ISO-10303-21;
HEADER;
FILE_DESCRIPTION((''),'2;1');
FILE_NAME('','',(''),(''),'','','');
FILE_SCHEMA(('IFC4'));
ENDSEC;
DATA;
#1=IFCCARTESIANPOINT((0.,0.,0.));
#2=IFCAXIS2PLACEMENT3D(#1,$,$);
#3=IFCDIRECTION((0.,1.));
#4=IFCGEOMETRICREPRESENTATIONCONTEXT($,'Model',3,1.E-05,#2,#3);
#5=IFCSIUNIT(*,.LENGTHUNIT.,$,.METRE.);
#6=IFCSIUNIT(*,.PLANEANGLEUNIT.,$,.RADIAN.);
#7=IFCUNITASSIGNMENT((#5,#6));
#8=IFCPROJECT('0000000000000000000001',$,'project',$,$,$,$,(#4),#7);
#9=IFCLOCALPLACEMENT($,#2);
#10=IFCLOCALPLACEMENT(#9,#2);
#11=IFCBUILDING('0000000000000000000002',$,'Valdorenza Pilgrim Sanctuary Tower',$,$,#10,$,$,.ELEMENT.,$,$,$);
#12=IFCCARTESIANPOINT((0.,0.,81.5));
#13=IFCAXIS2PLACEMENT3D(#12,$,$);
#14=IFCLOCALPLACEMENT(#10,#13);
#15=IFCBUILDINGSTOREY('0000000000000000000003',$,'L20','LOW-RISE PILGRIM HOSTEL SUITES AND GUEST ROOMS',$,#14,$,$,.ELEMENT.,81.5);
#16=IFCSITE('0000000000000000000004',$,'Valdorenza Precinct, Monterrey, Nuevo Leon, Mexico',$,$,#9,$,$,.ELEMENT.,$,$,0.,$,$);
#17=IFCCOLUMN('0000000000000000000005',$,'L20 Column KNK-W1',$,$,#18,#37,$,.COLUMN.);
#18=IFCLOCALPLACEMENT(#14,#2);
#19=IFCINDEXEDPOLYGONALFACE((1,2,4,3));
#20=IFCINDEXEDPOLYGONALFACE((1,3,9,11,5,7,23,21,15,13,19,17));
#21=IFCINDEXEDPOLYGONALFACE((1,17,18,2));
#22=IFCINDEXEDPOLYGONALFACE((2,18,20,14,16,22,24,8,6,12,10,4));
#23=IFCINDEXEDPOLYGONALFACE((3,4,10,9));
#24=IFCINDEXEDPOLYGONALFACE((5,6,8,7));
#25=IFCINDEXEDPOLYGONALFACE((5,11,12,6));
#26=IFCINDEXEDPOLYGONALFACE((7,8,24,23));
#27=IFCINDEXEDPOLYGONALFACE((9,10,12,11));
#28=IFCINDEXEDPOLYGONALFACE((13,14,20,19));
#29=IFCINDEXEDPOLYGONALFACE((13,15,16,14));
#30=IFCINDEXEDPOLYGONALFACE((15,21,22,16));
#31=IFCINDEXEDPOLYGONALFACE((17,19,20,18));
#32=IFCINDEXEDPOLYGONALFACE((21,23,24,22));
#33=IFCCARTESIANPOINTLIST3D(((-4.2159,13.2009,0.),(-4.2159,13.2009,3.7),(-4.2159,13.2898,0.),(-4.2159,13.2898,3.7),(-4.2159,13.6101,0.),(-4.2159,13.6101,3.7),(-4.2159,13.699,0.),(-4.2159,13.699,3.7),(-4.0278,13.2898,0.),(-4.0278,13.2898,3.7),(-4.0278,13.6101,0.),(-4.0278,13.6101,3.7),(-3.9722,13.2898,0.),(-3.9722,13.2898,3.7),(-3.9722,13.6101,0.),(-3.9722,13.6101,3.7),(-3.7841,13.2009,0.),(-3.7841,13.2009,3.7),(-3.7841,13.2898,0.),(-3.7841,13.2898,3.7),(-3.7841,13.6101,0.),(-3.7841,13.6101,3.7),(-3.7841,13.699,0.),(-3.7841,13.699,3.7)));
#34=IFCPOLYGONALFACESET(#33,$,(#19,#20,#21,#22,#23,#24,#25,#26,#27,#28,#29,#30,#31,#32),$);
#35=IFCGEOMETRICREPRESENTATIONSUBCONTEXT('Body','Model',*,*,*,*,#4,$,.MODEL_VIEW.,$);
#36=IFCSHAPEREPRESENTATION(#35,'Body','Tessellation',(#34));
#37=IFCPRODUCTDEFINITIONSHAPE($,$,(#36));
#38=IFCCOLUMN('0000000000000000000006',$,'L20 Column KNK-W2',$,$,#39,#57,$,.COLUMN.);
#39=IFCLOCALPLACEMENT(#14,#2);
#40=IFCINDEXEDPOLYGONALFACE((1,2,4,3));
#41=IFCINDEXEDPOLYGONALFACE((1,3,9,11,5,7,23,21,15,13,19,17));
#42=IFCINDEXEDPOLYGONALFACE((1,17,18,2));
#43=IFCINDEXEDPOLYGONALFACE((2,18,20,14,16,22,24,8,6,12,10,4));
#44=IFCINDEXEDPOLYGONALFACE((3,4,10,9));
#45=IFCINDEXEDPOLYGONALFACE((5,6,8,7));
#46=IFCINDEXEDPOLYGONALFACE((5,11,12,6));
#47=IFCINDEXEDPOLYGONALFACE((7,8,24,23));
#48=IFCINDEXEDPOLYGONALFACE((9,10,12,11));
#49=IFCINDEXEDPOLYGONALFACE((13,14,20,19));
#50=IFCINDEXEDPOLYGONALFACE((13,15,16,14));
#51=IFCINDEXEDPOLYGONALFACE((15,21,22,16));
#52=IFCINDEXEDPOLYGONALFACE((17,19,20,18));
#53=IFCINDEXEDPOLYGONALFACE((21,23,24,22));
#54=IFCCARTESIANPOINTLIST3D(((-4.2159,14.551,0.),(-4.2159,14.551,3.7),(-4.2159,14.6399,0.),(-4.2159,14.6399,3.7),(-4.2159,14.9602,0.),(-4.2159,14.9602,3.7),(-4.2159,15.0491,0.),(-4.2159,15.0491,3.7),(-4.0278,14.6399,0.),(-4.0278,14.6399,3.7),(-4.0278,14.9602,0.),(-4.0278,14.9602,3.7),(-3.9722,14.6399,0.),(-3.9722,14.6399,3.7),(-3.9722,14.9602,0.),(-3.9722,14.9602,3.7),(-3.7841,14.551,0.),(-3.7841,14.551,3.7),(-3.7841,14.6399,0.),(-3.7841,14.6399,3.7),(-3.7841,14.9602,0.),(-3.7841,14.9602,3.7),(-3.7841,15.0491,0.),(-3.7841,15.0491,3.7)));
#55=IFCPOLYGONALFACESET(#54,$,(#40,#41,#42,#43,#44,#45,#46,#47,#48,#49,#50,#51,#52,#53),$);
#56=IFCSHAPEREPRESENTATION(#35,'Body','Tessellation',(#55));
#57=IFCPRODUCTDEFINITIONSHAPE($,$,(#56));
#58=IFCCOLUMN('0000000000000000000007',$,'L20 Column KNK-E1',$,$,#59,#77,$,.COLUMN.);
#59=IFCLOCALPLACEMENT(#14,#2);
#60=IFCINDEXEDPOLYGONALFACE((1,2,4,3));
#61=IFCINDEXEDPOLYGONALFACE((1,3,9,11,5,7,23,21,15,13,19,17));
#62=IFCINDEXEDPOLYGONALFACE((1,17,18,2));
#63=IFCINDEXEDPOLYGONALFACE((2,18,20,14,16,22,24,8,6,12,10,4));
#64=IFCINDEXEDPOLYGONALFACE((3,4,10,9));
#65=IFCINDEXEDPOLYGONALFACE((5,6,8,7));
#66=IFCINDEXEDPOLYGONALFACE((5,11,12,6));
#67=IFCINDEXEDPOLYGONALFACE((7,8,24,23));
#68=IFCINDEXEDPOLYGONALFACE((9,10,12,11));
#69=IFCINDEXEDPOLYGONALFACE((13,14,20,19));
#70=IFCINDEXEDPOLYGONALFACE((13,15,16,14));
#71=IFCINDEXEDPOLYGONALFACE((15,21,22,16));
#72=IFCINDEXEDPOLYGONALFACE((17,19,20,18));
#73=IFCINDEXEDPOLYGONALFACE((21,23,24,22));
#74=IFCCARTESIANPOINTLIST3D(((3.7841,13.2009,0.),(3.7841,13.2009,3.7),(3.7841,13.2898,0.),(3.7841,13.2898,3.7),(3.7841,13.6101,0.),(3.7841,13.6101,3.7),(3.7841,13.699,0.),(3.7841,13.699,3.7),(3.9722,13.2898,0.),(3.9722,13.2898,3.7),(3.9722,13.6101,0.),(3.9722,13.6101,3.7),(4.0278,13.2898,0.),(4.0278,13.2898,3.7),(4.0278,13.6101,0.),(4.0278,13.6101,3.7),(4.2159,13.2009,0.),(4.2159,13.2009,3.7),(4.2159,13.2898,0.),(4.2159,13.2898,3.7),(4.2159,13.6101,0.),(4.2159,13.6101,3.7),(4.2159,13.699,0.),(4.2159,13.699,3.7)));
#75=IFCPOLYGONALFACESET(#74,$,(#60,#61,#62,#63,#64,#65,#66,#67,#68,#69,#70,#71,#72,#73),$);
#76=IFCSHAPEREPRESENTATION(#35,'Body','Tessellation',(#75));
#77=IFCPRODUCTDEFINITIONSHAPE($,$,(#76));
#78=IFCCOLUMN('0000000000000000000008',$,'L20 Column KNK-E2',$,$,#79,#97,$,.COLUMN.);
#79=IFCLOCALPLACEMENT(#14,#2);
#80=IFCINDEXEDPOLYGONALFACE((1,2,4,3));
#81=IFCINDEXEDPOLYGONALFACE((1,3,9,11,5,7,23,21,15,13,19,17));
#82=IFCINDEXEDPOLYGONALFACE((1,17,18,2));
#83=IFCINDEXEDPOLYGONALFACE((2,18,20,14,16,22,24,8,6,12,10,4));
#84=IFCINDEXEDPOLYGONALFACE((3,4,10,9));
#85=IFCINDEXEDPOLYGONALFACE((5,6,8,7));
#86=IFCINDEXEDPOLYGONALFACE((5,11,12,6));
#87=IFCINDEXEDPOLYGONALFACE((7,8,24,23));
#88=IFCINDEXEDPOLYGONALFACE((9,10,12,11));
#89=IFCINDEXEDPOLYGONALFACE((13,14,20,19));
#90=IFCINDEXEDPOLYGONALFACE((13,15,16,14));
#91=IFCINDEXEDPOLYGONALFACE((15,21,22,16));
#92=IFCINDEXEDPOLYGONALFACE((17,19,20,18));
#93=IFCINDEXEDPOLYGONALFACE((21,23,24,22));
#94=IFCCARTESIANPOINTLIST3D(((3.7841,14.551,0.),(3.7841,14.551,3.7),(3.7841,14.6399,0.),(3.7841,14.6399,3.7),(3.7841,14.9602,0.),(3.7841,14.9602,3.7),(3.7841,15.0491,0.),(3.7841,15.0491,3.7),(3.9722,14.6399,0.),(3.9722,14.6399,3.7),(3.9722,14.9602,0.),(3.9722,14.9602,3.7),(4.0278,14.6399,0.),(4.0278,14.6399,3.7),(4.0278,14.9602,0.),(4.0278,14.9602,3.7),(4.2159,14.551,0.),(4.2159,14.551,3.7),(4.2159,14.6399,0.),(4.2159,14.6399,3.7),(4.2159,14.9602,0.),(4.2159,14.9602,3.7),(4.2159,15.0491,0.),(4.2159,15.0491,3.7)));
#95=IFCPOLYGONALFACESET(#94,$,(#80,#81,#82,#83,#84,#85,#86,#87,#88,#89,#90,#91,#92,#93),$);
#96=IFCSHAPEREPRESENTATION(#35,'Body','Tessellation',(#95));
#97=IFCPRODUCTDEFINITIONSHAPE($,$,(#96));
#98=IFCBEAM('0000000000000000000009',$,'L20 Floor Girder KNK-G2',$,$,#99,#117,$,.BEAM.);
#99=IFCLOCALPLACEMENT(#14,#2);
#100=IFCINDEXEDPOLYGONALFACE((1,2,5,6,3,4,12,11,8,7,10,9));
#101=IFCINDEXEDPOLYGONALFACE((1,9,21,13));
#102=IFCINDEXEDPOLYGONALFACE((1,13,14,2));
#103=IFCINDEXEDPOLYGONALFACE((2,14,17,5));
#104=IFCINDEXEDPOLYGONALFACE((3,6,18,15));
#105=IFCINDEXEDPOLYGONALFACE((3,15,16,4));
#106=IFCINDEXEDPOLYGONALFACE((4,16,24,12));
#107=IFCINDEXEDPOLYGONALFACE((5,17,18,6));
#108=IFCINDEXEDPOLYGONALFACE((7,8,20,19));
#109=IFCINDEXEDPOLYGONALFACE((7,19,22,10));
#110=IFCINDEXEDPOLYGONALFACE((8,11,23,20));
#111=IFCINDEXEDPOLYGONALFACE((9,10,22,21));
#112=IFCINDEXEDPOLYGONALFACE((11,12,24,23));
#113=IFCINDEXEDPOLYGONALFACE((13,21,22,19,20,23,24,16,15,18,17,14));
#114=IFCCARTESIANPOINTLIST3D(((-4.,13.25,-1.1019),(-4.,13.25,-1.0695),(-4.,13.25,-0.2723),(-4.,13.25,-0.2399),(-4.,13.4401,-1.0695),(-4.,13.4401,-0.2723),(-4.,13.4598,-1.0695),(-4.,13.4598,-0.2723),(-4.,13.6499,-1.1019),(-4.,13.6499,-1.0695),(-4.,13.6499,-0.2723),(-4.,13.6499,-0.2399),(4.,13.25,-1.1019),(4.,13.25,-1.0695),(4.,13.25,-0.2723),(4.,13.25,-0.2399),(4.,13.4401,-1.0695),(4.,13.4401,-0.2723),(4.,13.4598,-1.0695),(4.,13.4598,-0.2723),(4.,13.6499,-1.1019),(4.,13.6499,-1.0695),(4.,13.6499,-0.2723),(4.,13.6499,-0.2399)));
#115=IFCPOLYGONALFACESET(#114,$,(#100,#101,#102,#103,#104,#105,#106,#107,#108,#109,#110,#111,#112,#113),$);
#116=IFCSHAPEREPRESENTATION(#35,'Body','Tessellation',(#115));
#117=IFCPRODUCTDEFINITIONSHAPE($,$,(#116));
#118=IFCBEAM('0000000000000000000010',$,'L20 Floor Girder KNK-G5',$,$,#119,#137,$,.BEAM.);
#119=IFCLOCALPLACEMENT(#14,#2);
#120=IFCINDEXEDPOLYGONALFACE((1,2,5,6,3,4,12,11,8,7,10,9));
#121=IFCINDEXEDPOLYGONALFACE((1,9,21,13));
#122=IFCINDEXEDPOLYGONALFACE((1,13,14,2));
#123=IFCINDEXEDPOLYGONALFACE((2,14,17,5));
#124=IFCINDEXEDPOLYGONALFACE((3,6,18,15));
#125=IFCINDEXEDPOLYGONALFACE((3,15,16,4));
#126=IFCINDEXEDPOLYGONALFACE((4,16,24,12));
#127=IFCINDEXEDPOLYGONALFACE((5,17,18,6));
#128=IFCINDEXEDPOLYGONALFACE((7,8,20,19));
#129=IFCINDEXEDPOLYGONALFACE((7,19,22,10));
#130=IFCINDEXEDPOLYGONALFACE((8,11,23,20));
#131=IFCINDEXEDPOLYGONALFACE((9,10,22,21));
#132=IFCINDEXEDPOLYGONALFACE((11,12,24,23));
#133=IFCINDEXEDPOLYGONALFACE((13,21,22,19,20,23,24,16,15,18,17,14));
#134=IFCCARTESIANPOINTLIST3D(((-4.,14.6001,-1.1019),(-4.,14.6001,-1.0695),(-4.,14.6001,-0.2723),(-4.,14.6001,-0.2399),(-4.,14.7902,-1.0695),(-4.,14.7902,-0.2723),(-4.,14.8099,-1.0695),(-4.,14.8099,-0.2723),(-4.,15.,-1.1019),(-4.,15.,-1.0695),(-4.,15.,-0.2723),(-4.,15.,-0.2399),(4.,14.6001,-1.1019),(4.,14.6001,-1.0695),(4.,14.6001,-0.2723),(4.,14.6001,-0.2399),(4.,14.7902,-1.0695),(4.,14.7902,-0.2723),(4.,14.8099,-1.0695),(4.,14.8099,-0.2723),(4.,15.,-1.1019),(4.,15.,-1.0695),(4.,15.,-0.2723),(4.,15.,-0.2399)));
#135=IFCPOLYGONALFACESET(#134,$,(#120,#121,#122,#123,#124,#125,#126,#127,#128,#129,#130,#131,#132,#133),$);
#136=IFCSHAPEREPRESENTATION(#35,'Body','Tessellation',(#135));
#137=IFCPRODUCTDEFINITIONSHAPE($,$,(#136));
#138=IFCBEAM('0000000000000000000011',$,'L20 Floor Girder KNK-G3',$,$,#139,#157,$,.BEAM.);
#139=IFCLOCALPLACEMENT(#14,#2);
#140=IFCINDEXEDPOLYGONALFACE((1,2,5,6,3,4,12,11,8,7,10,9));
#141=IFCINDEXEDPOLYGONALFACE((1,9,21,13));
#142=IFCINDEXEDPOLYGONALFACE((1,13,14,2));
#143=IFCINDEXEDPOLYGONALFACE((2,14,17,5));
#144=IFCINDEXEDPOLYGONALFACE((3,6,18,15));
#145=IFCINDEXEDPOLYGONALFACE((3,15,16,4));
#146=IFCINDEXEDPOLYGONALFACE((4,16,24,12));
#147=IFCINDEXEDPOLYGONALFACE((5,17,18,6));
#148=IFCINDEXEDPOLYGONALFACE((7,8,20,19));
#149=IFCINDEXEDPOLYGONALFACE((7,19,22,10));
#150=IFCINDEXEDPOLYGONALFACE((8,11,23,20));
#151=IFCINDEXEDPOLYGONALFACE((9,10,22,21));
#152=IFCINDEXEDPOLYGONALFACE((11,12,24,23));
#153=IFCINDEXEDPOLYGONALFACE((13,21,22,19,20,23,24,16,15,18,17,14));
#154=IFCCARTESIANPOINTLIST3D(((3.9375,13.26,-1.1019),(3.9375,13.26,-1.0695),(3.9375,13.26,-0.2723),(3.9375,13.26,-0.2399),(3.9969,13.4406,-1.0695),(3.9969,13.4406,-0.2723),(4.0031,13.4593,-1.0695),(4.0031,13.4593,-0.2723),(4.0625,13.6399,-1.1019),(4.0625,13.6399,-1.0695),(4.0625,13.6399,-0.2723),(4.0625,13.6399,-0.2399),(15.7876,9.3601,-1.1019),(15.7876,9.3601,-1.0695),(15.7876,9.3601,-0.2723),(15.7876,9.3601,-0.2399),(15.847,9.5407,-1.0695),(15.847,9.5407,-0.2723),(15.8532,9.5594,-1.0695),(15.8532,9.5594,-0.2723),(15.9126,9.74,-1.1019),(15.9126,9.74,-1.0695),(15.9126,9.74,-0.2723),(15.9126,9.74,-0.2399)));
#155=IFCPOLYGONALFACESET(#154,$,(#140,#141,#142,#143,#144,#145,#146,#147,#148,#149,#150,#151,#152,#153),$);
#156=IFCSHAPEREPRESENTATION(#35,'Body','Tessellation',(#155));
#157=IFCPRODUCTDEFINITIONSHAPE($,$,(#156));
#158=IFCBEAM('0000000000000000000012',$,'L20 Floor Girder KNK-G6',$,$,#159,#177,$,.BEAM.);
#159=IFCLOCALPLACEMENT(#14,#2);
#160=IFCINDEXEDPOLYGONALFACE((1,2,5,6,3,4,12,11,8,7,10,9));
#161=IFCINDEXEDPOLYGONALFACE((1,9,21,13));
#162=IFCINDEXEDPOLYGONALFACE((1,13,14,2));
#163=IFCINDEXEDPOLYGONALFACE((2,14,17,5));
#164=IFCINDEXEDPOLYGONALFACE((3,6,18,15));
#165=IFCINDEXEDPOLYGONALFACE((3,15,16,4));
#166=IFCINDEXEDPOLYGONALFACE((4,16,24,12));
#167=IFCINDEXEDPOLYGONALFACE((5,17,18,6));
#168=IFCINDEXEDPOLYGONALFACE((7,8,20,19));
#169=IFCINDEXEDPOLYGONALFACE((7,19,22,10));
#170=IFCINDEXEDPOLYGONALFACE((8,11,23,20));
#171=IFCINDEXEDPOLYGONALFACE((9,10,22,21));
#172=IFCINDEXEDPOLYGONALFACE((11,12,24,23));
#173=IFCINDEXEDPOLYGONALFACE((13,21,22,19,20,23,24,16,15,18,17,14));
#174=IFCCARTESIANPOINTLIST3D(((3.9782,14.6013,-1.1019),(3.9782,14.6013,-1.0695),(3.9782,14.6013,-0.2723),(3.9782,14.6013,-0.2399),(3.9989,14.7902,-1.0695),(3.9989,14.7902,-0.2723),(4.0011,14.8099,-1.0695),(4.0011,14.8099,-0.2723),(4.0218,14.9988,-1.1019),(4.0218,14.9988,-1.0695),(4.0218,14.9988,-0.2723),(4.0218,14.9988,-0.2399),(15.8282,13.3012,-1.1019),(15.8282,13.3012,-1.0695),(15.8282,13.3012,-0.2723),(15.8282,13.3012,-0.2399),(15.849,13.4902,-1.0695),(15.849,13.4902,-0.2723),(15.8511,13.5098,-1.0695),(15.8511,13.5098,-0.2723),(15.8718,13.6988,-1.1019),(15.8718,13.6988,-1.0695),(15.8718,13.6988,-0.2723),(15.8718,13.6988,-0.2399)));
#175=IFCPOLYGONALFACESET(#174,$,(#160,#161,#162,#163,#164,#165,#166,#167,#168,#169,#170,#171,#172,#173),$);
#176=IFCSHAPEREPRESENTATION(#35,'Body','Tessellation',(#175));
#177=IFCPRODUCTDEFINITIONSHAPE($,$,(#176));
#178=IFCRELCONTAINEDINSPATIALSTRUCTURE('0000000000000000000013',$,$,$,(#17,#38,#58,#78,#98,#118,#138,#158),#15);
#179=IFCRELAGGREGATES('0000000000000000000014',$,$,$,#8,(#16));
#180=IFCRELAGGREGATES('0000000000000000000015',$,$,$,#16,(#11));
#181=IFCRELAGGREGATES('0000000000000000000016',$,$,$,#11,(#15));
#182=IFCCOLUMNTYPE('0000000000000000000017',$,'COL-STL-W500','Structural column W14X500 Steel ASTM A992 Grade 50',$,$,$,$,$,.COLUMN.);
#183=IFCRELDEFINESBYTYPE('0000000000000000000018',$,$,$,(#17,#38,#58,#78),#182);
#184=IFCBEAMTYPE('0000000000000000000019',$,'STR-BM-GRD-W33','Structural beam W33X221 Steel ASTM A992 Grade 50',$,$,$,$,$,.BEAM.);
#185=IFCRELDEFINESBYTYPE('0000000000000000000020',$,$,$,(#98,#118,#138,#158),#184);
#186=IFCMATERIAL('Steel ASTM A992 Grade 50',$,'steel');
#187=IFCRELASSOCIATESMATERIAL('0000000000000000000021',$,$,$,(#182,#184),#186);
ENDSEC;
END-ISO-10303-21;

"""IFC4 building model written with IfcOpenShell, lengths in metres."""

from ifc_helpers import new_model, si_unit, direction, frame, origin, origin_2d, place, context, subcontext, project, spatial, i_section, extrude, source, transform, mapped, material, material_profile, profile_set, type_object, element, save


model = new_model("IFC4")

# Units and contexts
model_context = context("Model", 3, precision=1e-05, world=origin(), true_north=direction((0.0, 1.0)))
body_context = subcontext(model_context, "Body", "Model", "MODEL_VIEW")
ifc_project = project(units=[si_unit("LENGTHUNIT", "METRE"), si_unit("PLANEANGLEUNIT", "RADIAN")], contexts=[model_context])

# Site, building, storey
site_placement = place(None, origin())
site = spatial("IfcSite", under=ifc_project, at=site_placement, Name="Valdorenza Precinct, Monterrey, Nuevo Leon, Mexico", CompositionType="ELEMENT", RefElevation=0.0)
building_placement = place(site_placement, origin())
building = spatial("IfcBuilding", under=site, at=building_placement, Name="Valdorenza Pilgrim Sanctuary Tower", CompositionType="ELEMENT")
storey_placement = place(building_placement, frame((0.0, 0.0, 81.5)))
storey = spatial("IfcBuildingStorey", under=building, at=storey_placement, Name="L20", Description="LOW-RISE PILGRIM HOSTEL SUITES AND GUEST ROOMS", CompositionType="ELEMENT", Elevation=81.5)

# Columns
ifc_material_1 = material(Name="Steel ASTM A992 Grade 50", Category="steel")
ifc_material_profile_1 = material_profile(ifc_material_1, i_section(OverallWidth=0.4319, OverallDepth=0.498, WebThickness=0.0557, FlangeThickness=0.0889, at=origin_2d()), Name="W14X500")
ifc_profile_set_1 = profile_set([ifc_material_profile_1], Name="Steel ASTM A992 Grade 50")
column_type = type_object("IfcColumnType", Name="COL-STL-W500", Description="Structural column W14X500 Steel ASTM A992 Grade 50", PredefinedType="COLUMN", material=ifc_profile_set_1)
shared_shape_1 = source(origin(), body_context, "Body", "SweptSolid", [
    extrude(i_section(OverallWidth=0.4319, OverallDepth=0.498, WebThickness=0.0557, FlangeThickness=0.0889, at=origin_2d()), origin(), (0.0, 0.0, 1.0), 3.7),
])
for number, where, z_axis, x_axis, name in (
    (1, (-4.0, 13.45, 0.0), (0.0, 0.0, 1.0), (1.0, 0.0, 0.0), "L20 Column KNK-W1"),
    (2, (-4.0, 14.8, 0.0), (0.0, 0.0, 1.0), (1.0, 0.0, 0.0), "L20 Column KNK-W2"),
    (3, (4.0, 13.45, 0.0), (0.0, 0.0, 1.0), (1.0, 0.0, 0.0), "L20 Column KNK-E1"),
    (4, (4.0, 14.8, 0.0), (0.0, 0.0, 1.0), (1.0, 0.0, 0.0), "L20 Column KNK-E2"),
):
    element("IfcColumn", number, at=place(storey_placement, frame(where, z_axis=z_axis, x_axis=x_axis)), inside=storey, type_object=column_type, Name=name, PredefinedType="COLUMN", context=body_context, shape_type="MappedRepresentation", body=[
        mapped(shared_shape_1, transform((0.0, 0.0, 0.0), x_axis=(1.0, 0.0, 0.0), y_axis=(0.0, 1.0, 0.0), z_axis=(0.0, 0.0, 1.0), scale=1.0)),
    ])

# Beams
ifc_material_profile_2 = material_profile(ifc_material_1, i_section(OverallWidth=0.3999, OverallDepth=0.8621, WebThickness=0.0198, FlangeThickness=0.0325, at=origin_2d()), Name="W33X221")
ifc_profile_set_2 = profile_set([ifc_material_profile_2], Name="Steel ASTM A992 Grade 50")
beam_type_1 = type_object("IfcBeamType", Name="STR-BM-GRD-W33", Description="Structural beam W33X221 Steel ASTM A992 Grade 50", PredefinedType="BEAM", material=ifc_profile_set_2)
shared_shape_2 = source(origin(), body_context, "Body", "SweptSolid", [
    extrude(i_section(OverallWidth=0.3999, OverallDepth=0.8621, WebThickness=0.0198, FlangeThickness=0.0325, at=origin_2d()), origin(), (0.0, 0.0, 1.0), 8.0),
])
for number, where, z_axis, x_axis, name in (
    (5, (-4.0, 13.45, -0.6709), (1.0, 0.0, 0.0), (0.0, 1.0, 0.0), "L20 Floor Girder KNK-G2"),
    (6, (-4.0, 14.8, -0.6709), (1.0, 0.0, 0.0), (0.0, 1.0, 0.0), "L20 Floor Girder KNK-G5"),
):
    element("IfcBeam", number, at=place(storey_placement, frame(where, z_axis=z_axis, x_axis=x_axis)), inside=storey, type_object=beam_type_1, Name=name, PredefinedType="BEAM", context=body_context, shape_type="MappedRepresentation", body=[
        mapped(shared_shape_2, transform((0.0, 0.0, 0.0), x_axis=(1.0, 0.0, 0.0), y_axis=(0.0, 1.0, 0.0), z_axis=(0.0, 0.0, 1.0), scale=1.0)),
    ])
shared_shape_3 = source(origin(), body_context, "Body", "SweptSolid", [
    extrude(i_section(OverallWidth=0.3999, OverallDepth=0.8621, WebThickness=0.0198, FlangeThickness=0.0325, at=origin_2d()), origin(), (0.0, 0.0, 1.0), 12.4753),
])
beam_1_placement = place(storey_placement, frame((4.0, 13.45, -0.6709), z_axis=(0.949882, -0.312609, 0.0), x_axis=(0.312609, 0.949882, 0.0)))
element("IfcBeam", 7, at=beam_1_placement, inside=storey, type_object=beam_type_1, Name="L20 Floor Girder KNK-G3", PredefinedType="BEAM", context=body_context, shape_type="MappedRepresentation", body=[
    mapped(shared_shape_3, transform((0.0, 0.0, 0.0), x_axis=(1.0, 0.0, 0.0), y_axis=(0.0, 1.0, 0.0), z_axis=(0.0, 0.0, 1.0), scale=1.0)),
])
shared_shape_4 = source(origin(), body_context, "Body", "SweptSolid", [
    extrude(i_section(OverallWidth=0.3999, OverallDepth=0.8621, WebThickness=0.0198, FlangeThickness=0.0325, at=origin_2d()), origin(), (0.0, 0.0, 1.0), 11.9211),
])
beam_2_placement = place(storey_placement, frame((4.0, 14.8, -0.6709), z_axis=(0.994036, -0.109054, 0.0), x_axis=(0.109054, 0.994036, 0.0)))
element("IfcBeam", 8, at=beam_2_placement, inside=storey, type_object=beam_type_1, Name="L20 Floor Girder KNK-G6", PredefinedType="BEAM", context=body_context, shape_type="MappedRepresentation", body=[
    mapped(shared_shape_4, transform((0.0, 0.0, 0.0), x_axis=(1.0, 0.0, 0.0), y_axis=(0.0, 1.0, 0.0), z_axis=(0.0, 0.0, 1.0), scale=1.0)),
])

save(model, "model.ifc")
